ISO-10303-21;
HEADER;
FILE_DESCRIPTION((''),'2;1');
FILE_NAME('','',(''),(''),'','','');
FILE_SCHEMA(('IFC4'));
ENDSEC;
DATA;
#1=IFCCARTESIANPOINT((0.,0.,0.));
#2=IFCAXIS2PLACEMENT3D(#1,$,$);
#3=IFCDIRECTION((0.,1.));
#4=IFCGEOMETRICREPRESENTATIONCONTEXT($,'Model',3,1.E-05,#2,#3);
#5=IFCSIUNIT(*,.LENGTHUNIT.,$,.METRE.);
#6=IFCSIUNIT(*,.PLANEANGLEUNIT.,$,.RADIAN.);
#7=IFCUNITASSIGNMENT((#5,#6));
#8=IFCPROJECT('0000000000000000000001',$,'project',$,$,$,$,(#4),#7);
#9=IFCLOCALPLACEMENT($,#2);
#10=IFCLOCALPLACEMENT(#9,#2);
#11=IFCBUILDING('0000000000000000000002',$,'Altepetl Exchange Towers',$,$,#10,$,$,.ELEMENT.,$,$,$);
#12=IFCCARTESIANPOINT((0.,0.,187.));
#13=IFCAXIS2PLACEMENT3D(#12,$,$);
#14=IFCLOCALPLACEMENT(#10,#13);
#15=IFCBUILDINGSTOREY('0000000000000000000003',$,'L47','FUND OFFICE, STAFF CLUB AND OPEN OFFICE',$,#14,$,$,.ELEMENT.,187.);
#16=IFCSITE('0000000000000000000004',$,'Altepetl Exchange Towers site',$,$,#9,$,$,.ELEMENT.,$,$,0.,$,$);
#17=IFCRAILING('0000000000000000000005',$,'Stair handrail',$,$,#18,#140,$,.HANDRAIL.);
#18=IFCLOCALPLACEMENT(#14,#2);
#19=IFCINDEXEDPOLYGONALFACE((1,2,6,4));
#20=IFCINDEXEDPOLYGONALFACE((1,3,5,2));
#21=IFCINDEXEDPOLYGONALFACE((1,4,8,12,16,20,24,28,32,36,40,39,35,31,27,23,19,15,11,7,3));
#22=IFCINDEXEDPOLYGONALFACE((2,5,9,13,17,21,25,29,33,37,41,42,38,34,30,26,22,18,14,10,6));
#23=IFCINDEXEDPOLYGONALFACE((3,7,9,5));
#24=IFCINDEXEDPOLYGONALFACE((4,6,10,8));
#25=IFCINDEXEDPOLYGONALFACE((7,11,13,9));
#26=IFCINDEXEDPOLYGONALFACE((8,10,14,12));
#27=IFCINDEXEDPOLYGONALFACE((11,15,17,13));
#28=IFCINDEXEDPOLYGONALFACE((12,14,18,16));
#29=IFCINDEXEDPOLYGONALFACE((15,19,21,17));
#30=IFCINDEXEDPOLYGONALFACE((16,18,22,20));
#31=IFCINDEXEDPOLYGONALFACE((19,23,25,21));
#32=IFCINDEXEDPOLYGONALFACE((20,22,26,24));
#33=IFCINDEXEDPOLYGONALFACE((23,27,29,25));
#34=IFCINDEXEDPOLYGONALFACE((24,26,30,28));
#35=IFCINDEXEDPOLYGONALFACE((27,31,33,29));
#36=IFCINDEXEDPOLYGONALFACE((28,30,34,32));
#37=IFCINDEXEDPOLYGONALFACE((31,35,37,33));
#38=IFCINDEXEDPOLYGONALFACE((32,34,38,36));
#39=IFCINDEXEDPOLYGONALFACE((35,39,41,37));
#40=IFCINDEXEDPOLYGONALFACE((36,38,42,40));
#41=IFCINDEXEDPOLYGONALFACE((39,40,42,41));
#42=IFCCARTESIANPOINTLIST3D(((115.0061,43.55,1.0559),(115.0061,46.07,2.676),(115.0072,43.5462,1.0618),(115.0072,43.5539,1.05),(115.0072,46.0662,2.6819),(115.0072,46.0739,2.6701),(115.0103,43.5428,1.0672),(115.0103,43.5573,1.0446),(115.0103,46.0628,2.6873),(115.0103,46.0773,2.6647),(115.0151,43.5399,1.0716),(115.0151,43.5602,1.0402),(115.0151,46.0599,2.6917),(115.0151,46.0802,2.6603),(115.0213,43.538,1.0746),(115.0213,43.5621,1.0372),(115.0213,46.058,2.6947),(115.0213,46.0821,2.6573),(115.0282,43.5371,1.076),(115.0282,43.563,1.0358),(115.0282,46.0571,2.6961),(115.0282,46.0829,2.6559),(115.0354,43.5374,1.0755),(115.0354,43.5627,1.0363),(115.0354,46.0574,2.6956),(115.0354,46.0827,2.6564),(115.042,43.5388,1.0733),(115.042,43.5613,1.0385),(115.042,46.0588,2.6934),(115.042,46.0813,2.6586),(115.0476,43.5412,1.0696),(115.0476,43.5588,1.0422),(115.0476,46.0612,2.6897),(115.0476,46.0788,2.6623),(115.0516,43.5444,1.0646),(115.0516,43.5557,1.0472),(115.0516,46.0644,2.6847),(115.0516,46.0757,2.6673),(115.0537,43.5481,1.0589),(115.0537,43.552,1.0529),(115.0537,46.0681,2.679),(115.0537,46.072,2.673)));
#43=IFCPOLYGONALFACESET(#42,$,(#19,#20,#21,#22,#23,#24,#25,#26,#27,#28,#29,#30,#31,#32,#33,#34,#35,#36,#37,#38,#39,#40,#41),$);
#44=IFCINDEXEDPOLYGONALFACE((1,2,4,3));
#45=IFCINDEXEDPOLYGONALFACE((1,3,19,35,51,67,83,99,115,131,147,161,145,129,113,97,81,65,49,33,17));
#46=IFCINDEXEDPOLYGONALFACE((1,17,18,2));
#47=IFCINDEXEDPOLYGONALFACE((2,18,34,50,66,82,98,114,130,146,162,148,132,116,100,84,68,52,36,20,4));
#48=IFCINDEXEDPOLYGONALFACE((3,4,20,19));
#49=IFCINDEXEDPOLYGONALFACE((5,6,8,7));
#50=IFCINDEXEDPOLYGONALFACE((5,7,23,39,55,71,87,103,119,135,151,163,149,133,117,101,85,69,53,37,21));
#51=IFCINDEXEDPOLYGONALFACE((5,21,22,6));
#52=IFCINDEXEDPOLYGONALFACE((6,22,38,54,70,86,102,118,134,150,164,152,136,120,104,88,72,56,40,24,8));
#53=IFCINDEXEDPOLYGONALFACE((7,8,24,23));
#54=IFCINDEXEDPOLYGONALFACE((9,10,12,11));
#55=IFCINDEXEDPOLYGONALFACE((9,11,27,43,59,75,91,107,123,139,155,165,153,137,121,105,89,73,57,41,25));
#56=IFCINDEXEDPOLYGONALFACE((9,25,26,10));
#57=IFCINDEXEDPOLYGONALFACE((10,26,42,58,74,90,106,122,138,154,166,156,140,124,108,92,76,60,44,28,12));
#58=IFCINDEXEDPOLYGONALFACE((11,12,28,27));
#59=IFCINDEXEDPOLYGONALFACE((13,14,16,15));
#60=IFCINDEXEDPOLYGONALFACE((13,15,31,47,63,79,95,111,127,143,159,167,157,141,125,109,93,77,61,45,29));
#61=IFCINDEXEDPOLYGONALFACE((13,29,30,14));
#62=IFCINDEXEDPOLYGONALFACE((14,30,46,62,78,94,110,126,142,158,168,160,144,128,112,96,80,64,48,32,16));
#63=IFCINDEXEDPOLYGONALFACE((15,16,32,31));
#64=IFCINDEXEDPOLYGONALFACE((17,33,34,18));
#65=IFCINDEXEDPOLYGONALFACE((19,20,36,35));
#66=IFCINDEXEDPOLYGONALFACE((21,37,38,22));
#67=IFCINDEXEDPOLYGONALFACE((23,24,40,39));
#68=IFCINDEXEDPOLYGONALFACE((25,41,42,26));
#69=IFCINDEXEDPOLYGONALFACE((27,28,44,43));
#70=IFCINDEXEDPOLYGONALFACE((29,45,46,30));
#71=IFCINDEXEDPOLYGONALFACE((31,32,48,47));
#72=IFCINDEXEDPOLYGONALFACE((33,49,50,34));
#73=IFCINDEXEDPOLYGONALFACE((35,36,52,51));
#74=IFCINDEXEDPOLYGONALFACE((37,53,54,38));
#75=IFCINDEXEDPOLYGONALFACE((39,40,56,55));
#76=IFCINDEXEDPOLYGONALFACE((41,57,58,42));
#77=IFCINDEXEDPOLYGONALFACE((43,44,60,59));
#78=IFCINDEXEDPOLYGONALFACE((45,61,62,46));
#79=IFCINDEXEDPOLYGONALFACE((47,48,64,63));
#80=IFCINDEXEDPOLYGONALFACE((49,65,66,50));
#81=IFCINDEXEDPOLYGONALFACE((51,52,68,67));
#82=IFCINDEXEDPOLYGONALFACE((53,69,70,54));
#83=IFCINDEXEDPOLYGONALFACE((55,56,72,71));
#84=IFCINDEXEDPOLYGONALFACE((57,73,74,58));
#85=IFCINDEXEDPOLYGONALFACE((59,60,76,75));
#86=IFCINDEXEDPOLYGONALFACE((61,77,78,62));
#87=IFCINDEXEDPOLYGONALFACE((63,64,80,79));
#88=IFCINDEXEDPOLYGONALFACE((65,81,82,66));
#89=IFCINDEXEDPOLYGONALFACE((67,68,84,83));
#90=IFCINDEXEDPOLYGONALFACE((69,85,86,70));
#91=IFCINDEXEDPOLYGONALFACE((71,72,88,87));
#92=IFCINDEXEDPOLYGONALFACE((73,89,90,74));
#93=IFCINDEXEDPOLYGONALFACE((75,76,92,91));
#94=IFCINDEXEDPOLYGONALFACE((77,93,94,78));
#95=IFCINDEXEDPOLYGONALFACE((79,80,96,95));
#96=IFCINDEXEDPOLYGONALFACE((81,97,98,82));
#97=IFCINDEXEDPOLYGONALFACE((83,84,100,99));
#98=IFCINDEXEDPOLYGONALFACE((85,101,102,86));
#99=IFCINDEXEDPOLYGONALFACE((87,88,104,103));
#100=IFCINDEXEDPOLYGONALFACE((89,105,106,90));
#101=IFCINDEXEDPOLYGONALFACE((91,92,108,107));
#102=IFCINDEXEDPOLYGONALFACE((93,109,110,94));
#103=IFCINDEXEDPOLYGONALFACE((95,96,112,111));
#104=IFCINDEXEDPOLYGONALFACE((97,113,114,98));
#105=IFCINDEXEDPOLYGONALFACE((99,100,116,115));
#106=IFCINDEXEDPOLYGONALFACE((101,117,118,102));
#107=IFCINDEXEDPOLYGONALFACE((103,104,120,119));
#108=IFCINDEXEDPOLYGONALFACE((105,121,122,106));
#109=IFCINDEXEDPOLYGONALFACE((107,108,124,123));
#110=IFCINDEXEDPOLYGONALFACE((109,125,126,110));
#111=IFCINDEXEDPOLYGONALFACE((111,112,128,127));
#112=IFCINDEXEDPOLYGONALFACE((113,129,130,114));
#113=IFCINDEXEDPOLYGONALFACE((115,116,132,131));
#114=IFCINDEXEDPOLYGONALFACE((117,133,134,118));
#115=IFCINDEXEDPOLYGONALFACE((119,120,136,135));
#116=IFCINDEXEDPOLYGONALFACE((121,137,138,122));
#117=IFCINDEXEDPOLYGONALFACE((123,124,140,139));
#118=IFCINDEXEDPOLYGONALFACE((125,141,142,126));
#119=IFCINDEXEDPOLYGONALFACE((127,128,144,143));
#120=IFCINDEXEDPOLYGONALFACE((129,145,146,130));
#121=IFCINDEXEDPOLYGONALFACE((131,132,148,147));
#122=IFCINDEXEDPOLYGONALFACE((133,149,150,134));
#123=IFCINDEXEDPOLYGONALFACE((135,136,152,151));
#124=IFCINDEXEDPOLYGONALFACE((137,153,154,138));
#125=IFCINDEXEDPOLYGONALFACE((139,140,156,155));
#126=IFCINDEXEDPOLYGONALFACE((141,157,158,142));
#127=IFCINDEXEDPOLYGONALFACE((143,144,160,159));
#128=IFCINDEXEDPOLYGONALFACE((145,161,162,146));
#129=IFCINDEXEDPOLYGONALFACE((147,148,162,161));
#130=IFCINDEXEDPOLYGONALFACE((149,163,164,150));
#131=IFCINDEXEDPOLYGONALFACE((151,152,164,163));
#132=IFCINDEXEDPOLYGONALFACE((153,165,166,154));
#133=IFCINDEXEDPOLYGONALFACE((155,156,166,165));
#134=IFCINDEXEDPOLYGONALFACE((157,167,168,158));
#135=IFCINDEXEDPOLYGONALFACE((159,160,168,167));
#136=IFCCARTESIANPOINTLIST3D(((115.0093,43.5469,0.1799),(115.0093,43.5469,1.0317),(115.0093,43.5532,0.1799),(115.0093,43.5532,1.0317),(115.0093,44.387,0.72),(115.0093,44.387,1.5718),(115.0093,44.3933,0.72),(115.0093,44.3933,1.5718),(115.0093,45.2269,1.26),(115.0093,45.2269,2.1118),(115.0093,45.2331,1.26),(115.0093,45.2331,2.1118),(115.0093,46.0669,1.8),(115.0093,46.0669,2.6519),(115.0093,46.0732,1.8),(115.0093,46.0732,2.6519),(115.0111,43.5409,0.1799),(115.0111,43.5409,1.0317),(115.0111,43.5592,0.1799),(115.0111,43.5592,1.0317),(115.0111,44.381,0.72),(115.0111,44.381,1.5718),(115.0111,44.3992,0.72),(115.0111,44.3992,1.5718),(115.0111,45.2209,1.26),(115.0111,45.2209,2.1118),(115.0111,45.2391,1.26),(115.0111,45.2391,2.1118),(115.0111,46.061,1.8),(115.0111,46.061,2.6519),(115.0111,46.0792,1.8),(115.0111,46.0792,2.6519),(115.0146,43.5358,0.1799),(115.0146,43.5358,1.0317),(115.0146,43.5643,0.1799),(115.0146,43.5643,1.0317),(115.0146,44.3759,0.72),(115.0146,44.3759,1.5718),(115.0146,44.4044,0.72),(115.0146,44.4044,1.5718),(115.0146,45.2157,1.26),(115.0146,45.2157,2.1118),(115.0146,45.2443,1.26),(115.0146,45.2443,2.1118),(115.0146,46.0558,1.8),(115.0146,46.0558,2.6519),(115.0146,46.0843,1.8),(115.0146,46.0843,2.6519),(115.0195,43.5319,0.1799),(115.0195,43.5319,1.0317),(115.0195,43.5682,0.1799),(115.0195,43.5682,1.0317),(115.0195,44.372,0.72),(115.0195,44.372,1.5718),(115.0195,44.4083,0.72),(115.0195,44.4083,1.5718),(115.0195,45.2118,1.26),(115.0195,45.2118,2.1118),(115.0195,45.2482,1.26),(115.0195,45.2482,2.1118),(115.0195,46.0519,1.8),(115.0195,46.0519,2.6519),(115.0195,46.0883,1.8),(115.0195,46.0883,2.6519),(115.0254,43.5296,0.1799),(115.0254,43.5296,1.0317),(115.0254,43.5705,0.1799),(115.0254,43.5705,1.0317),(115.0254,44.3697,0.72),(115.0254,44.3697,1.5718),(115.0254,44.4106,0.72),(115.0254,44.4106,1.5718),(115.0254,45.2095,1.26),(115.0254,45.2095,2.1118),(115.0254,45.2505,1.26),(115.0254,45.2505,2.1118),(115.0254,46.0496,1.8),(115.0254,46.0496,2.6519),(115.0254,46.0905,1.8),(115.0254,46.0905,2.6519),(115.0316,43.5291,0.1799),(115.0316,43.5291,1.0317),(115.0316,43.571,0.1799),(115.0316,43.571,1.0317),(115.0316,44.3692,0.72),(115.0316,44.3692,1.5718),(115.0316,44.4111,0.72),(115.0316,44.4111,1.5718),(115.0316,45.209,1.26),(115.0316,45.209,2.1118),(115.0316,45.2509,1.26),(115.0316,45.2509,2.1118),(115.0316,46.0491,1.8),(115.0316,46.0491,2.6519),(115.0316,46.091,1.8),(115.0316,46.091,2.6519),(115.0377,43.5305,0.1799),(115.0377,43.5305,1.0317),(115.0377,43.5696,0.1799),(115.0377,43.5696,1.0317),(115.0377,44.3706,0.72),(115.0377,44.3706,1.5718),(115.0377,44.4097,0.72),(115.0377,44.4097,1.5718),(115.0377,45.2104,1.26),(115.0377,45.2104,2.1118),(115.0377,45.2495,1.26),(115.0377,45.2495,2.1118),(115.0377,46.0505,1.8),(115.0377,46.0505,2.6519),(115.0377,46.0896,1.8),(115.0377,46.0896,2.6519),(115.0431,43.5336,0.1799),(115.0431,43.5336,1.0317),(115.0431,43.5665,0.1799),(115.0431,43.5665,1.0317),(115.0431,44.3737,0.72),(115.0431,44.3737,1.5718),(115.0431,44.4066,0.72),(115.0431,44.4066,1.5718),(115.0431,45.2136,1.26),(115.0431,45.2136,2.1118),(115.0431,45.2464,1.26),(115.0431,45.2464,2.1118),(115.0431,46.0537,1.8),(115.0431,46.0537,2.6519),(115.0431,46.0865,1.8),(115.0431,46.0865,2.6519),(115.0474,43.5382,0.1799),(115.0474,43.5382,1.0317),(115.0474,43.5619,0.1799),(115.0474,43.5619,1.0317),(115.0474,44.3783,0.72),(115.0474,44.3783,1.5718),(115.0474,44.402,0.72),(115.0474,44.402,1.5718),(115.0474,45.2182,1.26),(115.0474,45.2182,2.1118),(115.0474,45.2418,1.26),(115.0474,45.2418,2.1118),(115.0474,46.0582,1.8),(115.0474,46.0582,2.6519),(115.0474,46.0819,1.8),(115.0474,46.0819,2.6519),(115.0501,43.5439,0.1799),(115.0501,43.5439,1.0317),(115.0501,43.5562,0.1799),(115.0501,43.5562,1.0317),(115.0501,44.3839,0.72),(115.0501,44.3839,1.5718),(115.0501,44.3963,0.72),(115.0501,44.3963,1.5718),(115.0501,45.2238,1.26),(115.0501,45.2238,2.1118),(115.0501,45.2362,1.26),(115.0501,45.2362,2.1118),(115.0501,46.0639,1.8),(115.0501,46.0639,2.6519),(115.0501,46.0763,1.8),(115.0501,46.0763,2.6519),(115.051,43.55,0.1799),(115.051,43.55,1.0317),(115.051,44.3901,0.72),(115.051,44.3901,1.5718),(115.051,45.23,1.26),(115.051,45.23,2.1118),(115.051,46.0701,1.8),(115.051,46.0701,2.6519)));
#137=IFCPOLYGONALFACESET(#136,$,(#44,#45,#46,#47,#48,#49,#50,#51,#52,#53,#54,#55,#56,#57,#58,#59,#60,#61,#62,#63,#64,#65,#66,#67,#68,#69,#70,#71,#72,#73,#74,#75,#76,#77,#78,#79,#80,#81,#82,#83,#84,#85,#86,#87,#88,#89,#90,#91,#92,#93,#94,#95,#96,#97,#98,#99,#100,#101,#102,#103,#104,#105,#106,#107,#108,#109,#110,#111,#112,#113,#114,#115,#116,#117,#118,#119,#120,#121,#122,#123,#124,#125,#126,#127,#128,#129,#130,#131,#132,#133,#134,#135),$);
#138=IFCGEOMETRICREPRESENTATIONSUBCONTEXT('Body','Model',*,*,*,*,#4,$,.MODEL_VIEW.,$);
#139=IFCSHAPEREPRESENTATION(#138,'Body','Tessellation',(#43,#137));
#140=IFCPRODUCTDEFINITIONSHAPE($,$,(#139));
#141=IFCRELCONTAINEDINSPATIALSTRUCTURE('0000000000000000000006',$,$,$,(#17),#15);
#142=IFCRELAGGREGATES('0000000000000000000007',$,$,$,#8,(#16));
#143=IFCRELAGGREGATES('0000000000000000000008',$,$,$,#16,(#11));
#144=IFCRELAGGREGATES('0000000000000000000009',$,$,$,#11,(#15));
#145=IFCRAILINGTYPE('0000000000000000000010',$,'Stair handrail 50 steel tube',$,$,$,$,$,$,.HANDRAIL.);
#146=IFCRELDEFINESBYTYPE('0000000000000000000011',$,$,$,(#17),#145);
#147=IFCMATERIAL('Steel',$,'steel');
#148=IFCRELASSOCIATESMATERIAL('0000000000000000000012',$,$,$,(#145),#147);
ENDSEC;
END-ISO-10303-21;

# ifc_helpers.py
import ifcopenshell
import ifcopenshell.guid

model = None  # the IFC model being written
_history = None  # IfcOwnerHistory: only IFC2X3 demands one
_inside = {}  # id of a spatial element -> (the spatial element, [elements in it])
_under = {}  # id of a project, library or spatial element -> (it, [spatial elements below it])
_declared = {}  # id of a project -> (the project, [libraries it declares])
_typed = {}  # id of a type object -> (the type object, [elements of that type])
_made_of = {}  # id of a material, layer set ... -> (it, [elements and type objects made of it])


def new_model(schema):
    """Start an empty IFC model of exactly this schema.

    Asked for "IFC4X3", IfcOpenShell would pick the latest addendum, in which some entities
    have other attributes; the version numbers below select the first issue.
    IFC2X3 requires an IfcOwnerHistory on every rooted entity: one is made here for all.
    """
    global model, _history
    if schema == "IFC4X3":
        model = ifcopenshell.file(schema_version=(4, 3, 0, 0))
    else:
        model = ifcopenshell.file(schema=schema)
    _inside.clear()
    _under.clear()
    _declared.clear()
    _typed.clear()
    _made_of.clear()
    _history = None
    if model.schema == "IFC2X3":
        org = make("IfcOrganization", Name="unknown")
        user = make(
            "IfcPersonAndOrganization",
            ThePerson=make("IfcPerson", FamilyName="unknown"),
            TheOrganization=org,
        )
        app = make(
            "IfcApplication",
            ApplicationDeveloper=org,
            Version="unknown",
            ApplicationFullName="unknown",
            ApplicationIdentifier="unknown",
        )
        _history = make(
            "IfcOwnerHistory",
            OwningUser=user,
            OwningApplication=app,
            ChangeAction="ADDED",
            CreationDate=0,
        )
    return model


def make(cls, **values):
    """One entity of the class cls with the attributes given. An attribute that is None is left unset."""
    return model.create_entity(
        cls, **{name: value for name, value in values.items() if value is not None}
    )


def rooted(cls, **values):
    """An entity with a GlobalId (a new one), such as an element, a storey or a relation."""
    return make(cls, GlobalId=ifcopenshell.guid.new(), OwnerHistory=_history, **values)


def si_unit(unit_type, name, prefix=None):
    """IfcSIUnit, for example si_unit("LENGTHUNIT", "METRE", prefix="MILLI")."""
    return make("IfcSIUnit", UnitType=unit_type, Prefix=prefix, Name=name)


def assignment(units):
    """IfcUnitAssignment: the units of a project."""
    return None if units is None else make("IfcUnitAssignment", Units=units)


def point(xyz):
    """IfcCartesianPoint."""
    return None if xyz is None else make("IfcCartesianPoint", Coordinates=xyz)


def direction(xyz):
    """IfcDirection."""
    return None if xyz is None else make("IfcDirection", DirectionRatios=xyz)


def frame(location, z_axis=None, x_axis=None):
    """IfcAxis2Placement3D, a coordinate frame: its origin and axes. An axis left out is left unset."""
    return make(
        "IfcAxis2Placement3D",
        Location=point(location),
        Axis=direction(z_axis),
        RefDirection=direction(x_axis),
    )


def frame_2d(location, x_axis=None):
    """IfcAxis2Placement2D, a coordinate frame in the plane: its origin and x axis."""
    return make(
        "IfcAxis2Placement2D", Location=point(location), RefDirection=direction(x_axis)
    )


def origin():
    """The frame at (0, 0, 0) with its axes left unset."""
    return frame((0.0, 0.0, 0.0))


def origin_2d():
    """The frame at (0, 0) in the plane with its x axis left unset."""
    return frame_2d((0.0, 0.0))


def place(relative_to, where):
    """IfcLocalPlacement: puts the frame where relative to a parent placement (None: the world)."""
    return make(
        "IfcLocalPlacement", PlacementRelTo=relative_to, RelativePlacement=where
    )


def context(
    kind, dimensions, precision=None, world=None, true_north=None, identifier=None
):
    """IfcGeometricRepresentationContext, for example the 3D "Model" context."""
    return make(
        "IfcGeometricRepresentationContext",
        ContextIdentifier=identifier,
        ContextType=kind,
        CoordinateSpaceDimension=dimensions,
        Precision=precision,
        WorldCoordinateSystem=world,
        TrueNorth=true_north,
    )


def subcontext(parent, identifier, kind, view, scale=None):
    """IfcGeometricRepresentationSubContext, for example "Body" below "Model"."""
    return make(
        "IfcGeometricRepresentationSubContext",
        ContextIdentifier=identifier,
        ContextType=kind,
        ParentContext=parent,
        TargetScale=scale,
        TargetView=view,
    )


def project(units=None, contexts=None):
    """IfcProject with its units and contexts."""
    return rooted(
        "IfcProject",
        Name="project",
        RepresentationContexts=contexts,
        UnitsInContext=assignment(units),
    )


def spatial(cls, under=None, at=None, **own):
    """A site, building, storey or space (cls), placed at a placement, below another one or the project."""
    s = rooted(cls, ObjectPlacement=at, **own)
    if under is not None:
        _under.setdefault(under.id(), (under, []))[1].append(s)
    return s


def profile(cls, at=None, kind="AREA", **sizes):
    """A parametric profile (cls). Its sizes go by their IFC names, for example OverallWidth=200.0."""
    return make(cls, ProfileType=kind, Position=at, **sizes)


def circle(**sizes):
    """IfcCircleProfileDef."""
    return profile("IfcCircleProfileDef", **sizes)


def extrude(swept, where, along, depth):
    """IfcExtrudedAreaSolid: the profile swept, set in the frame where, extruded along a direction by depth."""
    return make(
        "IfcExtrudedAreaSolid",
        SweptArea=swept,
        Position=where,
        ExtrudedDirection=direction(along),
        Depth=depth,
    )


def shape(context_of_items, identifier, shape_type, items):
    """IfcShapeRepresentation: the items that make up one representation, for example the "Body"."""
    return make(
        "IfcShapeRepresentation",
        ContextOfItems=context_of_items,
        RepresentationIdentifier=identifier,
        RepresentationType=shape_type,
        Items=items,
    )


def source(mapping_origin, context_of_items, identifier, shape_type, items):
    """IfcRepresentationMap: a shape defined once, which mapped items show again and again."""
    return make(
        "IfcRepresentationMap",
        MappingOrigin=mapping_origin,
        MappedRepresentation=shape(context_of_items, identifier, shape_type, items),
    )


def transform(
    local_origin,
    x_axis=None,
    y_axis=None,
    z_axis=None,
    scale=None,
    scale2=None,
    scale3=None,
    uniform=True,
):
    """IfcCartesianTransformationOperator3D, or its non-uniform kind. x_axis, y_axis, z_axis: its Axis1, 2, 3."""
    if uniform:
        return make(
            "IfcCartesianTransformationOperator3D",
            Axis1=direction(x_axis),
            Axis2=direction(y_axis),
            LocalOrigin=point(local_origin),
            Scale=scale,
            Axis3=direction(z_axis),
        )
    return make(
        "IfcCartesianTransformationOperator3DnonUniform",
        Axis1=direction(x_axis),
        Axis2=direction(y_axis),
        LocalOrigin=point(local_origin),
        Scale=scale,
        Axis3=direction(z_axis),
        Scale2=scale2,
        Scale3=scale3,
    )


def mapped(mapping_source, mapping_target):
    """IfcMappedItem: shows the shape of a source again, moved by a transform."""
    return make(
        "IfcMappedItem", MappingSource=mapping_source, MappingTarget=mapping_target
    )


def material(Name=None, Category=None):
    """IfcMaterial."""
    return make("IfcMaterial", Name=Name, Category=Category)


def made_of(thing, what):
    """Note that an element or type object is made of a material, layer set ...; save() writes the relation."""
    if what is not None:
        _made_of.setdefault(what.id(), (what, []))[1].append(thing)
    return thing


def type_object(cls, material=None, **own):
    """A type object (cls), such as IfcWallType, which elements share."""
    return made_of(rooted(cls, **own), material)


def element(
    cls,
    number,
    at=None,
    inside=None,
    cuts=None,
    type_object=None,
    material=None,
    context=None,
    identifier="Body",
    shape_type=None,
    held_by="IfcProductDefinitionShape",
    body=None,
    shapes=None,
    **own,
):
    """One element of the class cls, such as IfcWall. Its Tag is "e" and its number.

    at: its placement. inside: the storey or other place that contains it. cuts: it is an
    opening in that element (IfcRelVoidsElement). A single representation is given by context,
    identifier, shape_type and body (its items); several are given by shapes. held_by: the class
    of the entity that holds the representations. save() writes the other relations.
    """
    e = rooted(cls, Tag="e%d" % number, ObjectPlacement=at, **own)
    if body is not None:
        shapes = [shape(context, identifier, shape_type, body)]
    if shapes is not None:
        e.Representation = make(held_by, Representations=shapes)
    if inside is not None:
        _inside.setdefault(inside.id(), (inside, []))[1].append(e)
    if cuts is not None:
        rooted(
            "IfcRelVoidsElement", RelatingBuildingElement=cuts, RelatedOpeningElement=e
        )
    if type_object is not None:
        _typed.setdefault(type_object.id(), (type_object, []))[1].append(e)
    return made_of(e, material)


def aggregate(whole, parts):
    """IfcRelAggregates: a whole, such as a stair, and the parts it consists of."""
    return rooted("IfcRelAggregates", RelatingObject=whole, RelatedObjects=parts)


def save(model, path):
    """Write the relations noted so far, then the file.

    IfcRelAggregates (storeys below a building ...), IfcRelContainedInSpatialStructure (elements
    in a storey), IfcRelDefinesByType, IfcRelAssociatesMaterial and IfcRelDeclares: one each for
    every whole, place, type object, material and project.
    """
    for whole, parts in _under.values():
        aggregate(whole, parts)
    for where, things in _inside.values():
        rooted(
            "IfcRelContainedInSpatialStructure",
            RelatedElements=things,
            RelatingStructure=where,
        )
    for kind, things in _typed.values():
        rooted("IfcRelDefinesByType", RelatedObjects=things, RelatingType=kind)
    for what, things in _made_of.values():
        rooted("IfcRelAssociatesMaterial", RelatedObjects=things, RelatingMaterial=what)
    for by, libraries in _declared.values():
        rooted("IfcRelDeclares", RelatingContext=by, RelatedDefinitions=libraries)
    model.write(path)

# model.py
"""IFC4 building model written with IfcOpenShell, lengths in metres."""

from ifc_helpers import new_model, si_unit, direction, frame, origin, origin_2d, place, context, subcontext, project, spatial, circle, extrude, source, transform, mapped, material, type_object, element, save


model = new_model("IFC4")

# Units and contexts
model_context = context("Model", 3, precision=1e-05, world=origin(), true_north=direction((0.0, 1.0)))
body_context = subcontext(model_context, "Body", "Model", "MODEL_VIEW")
ifc_project = project(units=[si_unit("LENGTHUNIT", "METRE"), si_unit("PLANEANGLEUNIT", "RADIAN")], contexts=[model_context])

# Site, building, storey
site_placement = place(None, origin())
site = spatial("IfcSite", under=ifc_project, at=site_placement, Name="Altepetl Exchange Towers site", CompositionType="ELEMENT", RefElevation=0.0)
building_placement = place(site_placement, origin())
building = spatial("IfcBuilding", under=site, at=building_placement, Name="Altepetl Exchange Towers", CompositionType="ELEMENT")
storey_placement = place(building_placement, frame((0.0, 0.0, 187.0)))
storey = spatial("IfcBuildingStorey", under=building, at=storey_placement, Name="L47", Description="FUND OFFICE, STAFF CLUB AND OPEN OFFICE", CompositionType="ELEMENT", Elevation=187.0)

# Railing
ifc_material_1 = material(Name="Steel", Category="steel")
railing_type = type_object("IfcRailingType", Name="Stair handrail 50 steel tube", PredefinedType="HANDRAIL", material=ifc_material_1)
shared_shape = source(origin(), body_context, "Body", "SweptSolid", [
    extrude(circle(Radius=0.021, at=origin_2d()), origin(), (0.0, 0.0, 1.0), 0.8518),
])
railing_1_placement = place(storey_placement, frame((115.03, 43.55, 0.1799)))
element("IfcRailing", 1, at=railing_1_placement, inside=storey, type_object=railing_type, Name="Stair handrail", PredefinedType="HANDRAIL", context=body_context, shape_type="SweptSolid", body=[
    extrude(circle(Radius=0.0239, at=origin_2d()), frame((0.0, 0.0, 0.876), z_axis=(0.0, 0.841163, 0.540782), x_axis=(-1.0, 0.0, 0.0)), (0.0, 0.0, 1.0), 2.9958),
    mapped(shared_shape, transform((0.0, 0.0, 0.0))),
    mapped(shared_shape, transform((0.0, 0.8401, 0.54))),
    mapped(shared_shape, transform((0.0, 1.6799, 1.0801))),
    mapped(shared_shape, transform((0.0, 2.52, 1.6201))),
])

save(model, "model.ifc")
